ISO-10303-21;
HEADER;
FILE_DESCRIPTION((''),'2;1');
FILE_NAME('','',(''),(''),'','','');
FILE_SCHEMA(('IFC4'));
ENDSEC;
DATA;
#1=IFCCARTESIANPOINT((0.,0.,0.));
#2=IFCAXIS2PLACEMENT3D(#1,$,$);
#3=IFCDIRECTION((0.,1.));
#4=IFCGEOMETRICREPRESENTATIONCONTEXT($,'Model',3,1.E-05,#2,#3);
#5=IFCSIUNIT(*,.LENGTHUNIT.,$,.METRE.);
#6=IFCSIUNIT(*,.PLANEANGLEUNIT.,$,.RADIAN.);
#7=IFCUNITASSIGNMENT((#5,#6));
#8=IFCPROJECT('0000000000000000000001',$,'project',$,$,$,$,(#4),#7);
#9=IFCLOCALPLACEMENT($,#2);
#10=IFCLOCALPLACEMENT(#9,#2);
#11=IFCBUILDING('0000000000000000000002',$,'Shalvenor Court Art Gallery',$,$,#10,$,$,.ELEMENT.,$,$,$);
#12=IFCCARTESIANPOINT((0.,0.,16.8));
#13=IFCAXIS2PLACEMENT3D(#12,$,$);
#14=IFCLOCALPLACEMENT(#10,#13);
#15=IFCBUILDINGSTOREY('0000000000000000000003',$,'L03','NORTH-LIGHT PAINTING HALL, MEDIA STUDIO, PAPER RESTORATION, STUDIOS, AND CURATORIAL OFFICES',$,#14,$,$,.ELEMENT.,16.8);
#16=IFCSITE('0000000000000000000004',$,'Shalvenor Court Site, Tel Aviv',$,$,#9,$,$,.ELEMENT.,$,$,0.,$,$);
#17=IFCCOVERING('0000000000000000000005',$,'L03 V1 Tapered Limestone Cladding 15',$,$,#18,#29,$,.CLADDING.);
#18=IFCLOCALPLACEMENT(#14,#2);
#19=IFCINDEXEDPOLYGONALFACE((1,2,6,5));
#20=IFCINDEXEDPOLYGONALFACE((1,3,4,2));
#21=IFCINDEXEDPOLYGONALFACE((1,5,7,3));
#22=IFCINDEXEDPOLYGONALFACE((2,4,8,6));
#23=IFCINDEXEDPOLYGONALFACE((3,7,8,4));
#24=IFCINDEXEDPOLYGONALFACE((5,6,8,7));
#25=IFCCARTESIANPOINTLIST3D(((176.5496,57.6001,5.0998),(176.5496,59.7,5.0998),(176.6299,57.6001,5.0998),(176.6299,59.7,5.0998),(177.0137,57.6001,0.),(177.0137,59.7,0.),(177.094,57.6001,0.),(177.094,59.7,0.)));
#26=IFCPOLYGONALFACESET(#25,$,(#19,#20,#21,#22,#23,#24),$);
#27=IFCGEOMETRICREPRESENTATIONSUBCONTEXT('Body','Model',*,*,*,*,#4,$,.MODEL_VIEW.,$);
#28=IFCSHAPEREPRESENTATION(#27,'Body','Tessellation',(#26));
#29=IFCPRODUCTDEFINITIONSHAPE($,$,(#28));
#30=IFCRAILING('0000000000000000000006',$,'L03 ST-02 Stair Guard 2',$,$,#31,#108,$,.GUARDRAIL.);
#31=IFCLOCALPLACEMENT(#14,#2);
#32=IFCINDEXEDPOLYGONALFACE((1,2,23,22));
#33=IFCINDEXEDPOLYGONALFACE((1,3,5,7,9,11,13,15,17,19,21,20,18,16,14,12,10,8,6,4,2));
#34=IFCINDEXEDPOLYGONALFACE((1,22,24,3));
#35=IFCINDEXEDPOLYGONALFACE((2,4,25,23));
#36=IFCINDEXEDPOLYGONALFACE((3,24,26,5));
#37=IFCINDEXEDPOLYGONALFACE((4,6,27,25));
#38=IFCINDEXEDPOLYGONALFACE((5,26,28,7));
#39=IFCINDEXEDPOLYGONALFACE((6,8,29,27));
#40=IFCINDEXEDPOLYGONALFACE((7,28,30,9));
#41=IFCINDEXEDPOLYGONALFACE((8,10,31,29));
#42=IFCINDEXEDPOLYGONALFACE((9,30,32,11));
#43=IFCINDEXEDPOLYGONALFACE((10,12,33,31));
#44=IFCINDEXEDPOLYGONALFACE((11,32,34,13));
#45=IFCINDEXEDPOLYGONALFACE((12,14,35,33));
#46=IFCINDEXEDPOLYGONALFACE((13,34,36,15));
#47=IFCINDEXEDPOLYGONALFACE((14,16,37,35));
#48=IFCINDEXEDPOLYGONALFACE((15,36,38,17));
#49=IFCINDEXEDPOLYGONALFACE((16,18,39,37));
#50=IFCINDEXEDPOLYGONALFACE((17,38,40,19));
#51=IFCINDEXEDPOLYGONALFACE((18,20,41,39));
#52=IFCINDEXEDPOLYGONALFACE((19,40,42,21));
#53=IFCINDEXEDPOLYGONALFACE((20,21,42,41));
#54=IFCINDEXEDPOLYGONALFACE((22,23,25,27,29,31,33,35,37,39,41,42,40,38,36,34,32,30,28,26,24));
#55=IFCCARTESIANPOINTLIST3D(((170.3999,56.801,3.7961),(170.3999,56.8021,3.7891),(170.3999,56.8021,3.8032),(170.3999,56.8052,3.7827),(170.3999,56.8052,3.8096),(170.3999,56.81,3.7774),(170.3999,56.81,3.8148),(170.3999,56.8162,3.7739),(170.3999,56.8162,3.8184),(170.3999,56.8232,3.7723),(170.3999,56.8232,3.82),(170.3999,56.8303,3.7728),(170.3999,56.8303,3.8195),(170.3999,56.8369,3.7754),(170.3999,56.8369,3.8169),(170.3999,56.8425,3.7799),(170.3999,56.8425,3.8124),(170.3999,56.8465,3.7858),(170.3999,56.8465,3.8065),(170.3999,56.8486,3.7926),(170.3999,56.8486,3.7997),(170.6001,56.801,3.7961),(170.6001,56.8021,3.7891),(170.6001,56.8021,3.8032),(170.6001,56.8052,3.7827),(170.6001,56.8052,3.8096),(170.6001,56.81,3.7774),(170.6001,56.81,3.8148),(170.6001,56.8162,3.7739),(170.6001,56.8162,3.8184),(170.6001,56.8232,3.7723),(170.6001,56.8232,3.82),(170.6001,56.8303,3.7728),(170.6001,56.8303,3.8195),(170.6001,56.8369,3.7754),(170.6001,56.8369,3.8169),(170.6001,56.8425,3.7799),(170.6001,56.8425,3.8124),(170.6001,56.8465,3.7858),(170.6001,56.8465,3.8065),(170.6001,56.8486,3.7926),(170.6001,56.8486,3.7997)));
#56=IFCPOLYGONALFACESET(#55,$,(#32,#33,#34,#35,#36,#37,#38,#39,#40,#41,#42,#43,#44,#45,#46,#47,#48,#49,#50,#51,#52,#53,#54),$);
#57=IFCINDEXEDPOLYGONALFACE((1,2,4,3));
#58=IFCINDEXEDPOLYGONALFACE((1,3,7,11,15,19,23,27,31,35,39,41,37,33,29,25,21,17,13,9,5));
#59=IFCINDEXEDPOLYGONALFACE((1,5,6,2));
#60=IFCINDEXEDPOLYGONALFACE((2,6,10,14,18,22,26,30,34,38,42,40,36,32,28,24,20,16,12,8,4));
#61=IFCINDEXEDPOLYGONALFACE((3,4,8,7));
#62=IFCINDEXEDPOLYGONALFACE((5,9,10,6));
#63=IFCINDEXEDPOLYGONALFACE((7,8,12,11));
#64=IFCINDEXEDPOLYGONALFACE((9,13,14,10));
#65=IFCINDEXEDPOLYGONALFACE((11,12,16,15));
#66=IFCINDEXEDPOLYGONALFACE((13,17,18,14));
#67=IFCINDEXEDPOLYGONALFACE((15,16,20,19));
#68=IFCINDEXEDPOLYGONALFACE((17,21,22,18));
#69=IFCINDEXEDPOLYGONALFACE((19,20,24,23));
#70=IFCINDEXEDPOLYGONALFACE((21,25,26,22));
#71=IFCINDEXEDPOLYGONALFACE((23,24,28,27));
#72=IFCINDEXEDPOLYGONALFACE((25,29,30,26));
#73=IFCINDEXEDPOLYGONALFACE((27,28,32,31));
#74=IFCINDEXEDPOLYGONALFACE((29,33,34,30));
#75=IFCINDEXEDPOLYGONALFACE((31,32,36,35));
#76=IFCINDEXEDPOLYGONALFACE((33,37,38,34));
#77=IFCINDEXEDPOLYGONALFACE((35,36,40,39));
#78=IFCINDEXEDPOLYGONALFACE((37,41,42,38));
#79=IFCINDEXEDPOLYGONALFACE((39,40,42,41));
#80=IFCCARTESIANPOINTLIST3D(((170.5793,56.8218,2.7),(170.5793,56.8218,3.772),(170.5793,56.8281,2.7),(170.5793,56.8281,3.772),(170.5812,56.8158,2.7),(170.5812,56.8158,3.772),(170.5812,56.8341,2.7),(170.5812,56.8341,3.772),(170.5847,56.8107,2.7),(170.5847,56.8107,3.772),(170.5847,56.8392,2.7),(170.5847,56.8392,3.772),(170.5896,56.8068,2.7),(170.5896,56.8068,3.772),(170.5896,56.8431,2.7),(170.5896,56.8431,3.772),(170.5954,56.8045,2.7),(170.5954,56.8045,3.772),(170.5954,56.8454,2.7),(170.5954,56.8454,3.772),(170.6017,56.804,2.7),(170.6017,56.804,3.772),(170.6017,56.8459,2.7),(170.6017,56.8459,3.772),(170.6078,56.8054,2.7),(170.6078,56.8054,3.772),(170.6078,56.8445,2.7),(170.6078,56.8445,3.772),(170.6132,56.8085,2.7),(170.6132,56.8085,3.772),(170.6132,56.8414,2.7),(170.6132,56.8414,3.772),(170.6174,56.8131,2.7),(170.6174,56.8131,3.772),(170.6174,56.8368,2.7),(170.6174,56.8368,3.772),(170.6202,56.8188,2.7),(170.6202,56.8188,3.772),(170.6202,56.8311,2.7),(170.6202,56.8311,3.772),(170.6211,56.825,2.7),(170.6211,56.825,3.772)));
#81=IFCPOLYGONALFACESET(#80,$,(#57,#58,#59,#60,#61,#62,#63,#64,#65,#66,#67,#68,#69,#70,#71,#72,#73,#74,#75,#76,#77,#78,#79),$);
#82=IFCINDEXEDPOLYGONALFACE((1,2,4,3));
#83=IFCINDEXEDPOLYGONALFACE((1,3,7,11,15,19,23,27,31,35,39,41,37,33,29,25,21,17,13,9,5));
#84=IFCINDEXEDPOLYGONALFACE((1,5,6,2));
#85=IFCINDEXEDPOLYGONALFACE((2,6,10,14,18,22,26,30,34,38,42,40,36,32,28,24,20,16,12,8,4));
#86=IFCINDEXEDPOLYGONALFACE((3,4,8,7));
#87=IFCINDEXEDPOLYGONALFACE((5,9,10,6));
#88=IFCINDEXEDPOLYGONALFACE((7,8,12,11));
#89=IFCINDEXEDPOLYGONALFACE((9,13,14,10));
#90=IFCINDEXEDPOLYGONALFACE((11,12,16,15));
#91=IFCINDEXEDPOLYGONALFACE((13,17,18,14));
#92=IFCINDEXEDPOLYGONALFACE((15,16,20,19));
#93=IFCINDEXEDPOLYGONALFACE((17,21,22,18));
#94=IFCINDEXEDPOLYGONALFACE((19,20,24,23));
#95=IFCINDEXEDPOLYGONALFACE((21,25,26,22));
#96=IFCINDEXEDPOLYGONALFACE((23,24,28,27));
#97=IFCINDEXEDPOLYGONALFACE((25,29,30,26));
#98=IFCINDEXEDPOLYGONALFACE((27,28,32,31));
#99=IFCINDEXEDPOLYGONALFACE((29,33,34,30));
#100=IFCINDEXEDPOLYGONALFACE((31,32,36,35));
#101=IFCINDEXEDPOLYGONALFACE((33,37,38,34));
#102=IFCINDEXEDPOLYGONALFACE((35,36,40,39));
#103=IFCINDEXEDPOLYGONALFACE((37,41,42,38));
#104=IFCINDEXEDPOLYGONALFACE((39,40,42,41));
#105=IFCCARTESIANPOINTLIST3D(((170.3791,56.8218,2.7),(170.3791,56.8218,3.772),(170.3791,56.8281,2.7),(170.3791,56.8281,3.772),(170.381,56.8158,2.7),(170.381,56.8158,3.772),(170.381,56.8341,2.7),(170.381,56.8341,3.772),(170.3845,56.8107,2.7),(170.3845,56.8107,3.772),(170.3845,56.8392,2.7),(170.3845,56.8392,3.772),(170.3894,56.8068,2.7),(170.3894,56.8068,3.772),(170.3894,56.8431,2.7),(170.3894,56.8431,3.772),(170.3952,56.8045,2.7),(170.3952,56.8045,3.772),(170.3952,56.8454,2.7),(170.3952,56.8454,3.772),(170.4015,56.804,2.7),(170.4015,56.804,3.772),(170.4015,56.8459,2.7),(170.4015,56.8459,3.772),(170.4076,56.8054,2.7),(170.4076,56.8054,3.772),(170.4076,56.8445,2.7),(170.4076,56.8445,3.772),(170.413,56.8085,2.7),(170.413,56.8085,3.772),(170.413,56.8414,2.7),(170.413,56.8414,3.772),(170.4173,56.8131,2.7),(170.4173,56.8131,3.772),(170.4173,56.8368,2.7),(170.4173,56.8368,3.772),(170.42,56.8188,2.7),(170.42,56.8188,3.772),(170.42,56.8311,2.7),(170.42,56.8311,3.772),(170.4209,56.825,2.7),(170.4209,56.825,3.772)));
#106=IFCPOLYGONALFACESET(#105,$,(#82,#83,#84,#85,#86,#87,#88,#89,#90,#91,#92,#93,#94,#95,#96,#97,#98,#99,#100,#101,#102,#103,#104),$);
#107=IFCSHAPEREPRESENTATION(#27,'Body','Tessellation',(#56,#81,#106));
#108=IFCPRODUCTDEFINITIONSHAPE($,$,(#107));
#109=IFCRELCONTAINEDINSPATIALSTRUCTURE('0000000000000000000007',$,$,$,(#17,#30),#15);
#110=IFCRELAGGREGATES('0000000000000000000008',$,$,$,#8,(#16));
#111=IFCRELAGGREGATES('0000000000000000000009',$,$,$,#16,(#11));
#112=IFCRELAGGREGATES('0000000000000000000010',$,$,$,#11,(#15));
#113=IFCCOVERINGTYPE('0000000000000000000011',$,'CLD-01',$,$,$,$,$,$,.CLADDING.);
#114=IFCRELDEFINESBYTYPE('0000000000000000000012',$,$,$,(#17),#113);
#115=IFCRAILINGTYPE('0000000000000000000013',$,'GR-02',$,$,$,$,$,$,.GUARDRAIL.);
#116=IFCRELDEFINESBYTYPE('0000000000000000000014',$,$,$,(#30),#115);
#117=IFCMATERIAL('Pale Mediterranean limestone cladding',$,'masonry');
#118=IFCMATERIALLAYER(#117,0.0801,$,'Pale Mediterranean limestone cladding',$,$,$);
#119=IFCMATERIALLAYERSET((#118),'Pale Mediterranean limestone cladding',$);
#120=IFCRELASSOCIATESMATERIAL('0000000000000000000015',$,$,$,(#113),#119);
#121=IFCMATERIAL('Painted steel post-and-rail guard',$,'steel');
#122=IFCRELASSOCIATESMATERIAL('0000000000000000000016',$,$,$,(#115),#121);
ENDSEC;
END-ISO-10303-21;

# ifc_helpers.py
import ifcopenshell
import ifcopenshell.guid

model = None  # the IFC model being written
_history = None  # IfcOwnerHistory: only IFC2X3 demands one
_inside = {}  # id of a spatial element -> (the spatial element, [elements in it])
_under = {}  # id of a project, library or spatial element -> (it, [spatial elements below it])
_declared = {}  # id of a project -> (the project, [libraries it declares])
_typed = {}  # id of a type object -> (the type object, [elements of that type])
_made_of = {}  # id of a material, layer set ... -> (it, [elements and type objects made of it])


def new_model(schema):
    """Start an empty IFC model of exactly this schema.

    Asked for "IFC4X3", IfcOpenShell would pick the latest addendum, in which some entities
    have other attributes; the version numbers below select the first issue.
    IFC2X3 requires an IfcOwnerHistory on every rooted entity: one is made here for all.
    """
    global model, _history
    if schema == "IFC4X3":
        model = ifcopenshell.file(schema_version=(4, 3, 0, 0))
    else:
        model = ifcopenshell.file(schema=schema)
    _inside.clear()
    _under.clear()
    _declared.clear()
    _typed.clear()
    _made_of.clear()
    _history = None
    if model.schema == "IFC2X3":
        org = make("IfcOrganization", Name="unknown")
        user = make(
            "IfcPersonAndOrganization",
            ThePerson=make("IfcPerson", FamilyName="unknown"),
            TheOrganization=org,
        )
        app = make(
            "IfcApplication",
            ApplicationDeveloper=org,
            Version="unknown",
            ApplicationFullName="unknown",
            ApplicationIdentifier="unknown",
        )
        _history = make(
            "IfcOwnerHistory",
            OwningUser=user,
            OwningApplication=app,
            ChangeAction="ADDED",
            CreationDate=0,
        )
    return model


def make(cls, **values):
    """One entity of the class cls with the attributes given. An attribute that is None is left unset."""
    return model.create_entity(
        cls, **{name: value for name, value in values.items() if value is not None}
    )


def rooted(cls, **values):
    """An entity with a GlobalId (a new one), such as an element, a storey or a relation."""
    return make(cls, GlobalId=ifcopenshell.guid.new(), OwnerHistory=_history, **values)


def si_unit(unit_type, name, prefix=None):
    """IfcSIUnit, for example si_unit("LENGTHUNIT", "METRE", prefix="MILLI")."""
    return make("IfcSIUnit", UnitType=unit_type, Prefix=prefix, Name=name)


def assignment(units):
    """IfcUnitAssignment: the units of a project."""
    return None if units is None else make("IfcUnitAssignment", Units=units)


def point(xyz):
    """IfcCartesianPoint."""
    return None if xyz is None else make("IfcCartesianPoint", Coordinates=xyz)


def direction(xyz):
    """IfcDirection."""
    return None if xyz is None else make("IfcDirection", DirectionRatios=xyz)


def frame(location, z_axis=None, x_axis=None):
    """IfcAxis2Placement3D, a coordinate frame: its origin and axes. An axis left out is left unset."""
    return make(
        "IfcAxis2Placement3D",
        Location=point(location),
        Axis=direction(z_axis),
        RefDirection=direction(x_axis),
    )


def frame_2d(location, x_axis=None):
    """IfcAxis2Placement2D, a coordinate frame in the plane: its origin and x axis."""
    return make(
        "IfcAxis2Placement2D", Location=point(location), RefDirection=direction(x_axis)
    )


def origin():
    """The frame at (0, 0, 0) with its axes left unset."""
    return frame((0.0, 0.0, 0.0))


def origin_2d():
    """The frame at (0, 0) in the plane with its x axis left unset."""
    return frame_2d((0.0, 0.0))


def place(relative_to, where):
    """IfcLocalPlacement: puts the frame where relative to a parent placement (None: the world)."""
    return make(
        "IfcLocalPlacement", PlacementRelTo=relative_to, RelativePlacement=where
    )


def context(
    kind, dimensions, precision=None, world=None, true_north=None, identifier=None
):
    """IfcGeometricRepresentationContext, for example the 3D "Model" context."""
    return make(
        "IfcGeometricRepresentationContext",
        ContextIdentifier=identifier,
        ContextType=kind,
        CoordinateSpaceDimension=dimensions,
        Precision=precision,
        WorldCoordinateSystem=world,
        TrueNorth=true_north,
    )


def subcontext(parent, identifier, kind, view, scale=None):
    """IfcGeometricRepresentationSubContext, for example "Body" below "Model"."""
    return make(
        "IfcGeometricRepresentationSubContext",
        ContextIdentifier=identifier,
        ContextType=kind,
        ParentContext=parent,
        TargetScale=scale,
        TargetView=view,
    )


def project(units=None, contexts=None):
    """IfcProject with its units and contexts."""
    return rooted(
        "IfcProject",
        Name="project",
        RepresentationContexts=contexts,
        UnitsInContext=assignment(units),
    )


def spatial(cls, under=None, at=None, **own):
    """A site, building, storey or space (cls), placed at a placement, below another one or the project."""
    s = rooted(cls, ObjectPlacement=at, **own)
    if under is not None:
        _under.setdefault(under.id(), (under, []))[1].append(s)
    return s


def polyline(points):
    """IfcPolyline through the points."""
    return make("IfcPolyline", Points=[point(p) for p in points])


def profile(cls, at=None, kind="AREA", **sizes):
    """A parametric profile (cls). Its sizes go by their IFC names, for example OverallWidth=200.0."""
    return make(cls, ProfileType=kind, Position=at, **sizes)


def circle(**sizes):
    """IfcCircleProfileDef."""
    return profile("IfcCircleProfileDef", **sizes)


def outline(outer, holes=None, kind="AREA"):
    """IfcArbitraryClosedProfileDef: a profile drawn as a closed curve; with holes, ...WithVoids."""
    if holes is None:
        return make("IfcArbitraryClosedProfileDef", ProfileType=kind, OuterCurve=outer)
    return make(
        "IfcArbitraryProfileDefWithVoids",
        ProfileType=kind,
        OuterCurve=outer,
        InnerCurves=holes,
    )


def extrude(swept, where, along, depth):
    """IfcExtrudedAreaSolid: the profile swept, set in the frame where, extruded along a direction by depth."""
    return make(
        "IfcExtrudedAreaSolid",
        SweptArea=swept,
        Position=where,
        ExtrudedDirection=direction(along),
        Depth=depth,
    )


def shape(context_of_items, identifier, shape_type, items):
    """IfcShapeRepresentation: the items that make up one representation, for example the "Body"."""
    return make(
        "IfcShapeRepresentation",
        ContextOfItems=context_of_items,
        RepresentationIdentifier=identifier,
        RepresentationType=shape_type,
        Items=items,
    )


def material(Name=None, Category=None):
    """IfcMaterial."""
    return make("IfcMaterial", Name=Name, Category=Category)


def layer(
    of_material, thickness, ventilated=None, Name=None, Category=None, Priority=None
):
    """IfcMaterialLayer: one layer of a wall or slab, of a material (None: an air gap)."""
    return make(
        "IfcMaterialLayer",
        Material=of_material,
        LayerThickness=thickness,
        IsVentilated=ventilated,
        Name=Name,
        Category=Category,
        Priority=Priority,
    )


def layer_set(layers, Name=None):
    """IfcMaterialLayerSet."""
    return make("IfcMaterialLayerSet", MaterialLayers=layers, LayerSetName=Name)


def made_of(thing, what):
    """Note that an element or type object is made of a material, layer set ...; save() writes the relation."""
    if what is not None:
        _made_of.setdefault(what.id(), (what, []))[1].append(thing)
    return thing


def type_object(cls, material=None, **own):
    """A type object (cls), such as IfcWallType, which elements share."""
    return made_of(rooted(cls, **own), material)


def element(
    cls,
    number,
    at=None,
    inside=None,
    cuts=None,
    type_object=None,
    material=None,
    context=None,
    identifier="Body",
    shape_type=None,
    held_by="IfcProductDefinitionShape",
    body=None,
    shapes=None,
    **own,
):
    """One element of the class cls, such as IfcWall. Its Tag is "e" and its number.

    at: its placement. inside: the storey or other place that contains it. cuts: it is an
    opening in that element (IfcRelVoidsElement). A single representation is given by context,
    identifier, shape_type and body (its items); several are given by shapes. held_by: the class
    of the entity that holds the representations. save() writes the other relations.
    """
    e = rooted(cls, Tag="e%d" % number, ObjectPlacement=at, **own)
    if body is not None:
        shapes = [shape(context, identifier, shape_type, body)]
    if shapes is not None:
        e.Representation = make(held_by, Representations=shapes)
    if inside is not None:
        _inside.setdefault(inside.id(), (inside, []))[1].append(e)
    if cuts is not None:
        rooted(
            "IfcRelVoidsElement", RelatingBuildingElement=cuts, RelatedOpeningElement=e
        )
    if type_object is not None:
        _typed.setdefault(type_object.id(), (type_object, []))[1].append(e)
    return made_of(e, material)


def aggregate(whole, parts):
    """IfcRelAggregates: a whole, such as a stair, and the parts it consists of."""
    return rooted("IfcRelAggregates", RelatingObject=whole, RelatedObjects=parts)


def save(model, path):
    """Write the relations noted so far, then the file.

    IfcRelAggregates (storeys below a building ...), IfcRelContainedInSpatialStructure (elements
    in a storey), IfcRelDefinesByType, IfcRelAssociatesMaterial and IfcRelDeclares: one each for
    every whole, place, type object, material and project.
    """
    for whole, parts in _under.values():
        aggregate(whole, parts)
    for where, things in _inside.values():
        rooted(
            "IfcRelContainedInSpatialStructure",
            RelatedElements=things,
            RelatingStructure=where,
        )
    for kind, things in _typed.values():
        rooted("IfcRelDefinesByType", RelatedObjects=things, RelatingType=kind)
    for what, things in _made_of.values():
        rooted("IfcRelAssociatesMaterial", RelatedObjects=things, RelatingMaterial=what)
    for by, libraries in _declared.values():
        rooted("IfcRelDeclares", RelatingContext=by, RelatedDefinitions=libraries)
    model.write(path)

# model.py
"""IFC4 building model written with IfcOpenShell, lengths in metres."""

from ifc_helpers import new_model, si_unit, direction, frame, origin, origin_2d, place, context, subcontext, project, spatial, polyline, circle, outline, extrude, material, layer, layer_set, type_object, element, save


model = new_model("IFC4")

# Units and contexts
model_context = context("Model", 3, precision=1e-05, world=origin(), true_north=direction((0.0, 1.0)))
body_context = subcontext(model_context, "Body", "Model", "MODEL_VIEW")
ifc_project = project(units=[si_unit("LENGTHUNIT", "METRE"), si_unit("PLANEANGLEUNIT", "RADIAN")], contexts=[model_context])

# Site, building, storey
site_placement = place(None, origin())
site = spatial("IfcSite", under=ifc_project, at=site_placement, Name="Shalvenor Court Site, Tel Aviv", CompositionType="ELEMENT", RefElevation=0.0)
building_placement = place(site_placement, origin())
building = spatial("IfcBuilding", under=site, at=building_placement, Name="Shalvenor Court Art Gallery", CompositionType="ELEMENT")
storey_placement = place(building_placement, frame((0.0, 0.0, 16.8)))
storey = spatial("IfcBuildingStorey", under=building, at=storey_placement, Name="L03", Description="NORTH-LIGHT PAINTING HALL, MEDIA STUDIO, PAPER RESTORATION, STUDIOS, AND CURATORIAL OFFICES", CompositionType="ELEMENT", Elevation=16.8)

# Covering
ifc_material_1 = material(Name="Pale Mediterranean limestone cladding", Category="masonry")
ifc_layer_1 = layer(ifc_material_1, 0.0801, Name="Pale Mediterranean limestone cladding")
ifc_layer_set_1 = layer_set([ifc_layer_1], Name="Pale Mediterranean limestone cladding")
covering_type = type_object("IfcCoveringType", Name="CLD-01", PredefinedType="CLADDING", material=ifc_layer_set_1)
covering_placement = place(storey_placement, frame((177.094, 57.6001, 0.0), z_axis=(0.0, 0.0, 1.0), x_axis=(0.0, 1.0, 0.0)))
element("IfcCovering", 1, at=covering_placement, inside=storey, type_object=covering_type, Name="L03 V1 Tapered Limestone Cladding 15", PredefinedType="CLADDING", context=body_context, shape_type="SweptSolid", body=[
    extrude(outline(polyline([(0.0, 0.0), (2.0999, 0.0), (2.0999, 5.1208), (0.0, 5.1208), (0.0, 0.0)])), frame((0.0, 0.0, 0.0), z_axis=(0.0, -0.995884, 0.090633), x_axis=(1.0, 0.0, 0.0)), (0.0, 0.090633, -0.995884), 0.0803),
])

# Railing
ifc_material_2 = material(Name="Painted steel post-and-rail guard", Category="steel")
railing_type_1 = type_object("IfcRailingType", Name="GR-02", PredefinedType="GUARDRAIL", material=ifc_material_2)
railing_1_placement = place(storey_placement, frame((170.6001, 56.825, 2.7)))
element("IfcRailing", 2, at=railing_1_placement, inside=storey, type_object=railing_type_1, Name="L03 ST-02 Stair Guard 2", PredefinedType="GUARDRAIL", context=body_context, shape_type="SweptSolid", body=[
    extrude(circle(Radius=0.0239, at=origin_2d()), frame((0.0, 0.0, 1.0962), z_axis=(-1.0, 0.0, 0.0), x_axis=(0.0, -1.0, 0.0)), (0.0, 0.0, 1.0), 0.2002),
    extrude(circle(Radius=0.021, at=origin_2d()), origin(), (0.0, 0.0, 1.0), 1.072),
    extrude(circle(Radius=0.021, at=origin_2d()), frame((-0.2002, 0.0, 0.0)), (0.0, 0.0, 1.0), 1.072),
])

save(model, "model.ifc")
